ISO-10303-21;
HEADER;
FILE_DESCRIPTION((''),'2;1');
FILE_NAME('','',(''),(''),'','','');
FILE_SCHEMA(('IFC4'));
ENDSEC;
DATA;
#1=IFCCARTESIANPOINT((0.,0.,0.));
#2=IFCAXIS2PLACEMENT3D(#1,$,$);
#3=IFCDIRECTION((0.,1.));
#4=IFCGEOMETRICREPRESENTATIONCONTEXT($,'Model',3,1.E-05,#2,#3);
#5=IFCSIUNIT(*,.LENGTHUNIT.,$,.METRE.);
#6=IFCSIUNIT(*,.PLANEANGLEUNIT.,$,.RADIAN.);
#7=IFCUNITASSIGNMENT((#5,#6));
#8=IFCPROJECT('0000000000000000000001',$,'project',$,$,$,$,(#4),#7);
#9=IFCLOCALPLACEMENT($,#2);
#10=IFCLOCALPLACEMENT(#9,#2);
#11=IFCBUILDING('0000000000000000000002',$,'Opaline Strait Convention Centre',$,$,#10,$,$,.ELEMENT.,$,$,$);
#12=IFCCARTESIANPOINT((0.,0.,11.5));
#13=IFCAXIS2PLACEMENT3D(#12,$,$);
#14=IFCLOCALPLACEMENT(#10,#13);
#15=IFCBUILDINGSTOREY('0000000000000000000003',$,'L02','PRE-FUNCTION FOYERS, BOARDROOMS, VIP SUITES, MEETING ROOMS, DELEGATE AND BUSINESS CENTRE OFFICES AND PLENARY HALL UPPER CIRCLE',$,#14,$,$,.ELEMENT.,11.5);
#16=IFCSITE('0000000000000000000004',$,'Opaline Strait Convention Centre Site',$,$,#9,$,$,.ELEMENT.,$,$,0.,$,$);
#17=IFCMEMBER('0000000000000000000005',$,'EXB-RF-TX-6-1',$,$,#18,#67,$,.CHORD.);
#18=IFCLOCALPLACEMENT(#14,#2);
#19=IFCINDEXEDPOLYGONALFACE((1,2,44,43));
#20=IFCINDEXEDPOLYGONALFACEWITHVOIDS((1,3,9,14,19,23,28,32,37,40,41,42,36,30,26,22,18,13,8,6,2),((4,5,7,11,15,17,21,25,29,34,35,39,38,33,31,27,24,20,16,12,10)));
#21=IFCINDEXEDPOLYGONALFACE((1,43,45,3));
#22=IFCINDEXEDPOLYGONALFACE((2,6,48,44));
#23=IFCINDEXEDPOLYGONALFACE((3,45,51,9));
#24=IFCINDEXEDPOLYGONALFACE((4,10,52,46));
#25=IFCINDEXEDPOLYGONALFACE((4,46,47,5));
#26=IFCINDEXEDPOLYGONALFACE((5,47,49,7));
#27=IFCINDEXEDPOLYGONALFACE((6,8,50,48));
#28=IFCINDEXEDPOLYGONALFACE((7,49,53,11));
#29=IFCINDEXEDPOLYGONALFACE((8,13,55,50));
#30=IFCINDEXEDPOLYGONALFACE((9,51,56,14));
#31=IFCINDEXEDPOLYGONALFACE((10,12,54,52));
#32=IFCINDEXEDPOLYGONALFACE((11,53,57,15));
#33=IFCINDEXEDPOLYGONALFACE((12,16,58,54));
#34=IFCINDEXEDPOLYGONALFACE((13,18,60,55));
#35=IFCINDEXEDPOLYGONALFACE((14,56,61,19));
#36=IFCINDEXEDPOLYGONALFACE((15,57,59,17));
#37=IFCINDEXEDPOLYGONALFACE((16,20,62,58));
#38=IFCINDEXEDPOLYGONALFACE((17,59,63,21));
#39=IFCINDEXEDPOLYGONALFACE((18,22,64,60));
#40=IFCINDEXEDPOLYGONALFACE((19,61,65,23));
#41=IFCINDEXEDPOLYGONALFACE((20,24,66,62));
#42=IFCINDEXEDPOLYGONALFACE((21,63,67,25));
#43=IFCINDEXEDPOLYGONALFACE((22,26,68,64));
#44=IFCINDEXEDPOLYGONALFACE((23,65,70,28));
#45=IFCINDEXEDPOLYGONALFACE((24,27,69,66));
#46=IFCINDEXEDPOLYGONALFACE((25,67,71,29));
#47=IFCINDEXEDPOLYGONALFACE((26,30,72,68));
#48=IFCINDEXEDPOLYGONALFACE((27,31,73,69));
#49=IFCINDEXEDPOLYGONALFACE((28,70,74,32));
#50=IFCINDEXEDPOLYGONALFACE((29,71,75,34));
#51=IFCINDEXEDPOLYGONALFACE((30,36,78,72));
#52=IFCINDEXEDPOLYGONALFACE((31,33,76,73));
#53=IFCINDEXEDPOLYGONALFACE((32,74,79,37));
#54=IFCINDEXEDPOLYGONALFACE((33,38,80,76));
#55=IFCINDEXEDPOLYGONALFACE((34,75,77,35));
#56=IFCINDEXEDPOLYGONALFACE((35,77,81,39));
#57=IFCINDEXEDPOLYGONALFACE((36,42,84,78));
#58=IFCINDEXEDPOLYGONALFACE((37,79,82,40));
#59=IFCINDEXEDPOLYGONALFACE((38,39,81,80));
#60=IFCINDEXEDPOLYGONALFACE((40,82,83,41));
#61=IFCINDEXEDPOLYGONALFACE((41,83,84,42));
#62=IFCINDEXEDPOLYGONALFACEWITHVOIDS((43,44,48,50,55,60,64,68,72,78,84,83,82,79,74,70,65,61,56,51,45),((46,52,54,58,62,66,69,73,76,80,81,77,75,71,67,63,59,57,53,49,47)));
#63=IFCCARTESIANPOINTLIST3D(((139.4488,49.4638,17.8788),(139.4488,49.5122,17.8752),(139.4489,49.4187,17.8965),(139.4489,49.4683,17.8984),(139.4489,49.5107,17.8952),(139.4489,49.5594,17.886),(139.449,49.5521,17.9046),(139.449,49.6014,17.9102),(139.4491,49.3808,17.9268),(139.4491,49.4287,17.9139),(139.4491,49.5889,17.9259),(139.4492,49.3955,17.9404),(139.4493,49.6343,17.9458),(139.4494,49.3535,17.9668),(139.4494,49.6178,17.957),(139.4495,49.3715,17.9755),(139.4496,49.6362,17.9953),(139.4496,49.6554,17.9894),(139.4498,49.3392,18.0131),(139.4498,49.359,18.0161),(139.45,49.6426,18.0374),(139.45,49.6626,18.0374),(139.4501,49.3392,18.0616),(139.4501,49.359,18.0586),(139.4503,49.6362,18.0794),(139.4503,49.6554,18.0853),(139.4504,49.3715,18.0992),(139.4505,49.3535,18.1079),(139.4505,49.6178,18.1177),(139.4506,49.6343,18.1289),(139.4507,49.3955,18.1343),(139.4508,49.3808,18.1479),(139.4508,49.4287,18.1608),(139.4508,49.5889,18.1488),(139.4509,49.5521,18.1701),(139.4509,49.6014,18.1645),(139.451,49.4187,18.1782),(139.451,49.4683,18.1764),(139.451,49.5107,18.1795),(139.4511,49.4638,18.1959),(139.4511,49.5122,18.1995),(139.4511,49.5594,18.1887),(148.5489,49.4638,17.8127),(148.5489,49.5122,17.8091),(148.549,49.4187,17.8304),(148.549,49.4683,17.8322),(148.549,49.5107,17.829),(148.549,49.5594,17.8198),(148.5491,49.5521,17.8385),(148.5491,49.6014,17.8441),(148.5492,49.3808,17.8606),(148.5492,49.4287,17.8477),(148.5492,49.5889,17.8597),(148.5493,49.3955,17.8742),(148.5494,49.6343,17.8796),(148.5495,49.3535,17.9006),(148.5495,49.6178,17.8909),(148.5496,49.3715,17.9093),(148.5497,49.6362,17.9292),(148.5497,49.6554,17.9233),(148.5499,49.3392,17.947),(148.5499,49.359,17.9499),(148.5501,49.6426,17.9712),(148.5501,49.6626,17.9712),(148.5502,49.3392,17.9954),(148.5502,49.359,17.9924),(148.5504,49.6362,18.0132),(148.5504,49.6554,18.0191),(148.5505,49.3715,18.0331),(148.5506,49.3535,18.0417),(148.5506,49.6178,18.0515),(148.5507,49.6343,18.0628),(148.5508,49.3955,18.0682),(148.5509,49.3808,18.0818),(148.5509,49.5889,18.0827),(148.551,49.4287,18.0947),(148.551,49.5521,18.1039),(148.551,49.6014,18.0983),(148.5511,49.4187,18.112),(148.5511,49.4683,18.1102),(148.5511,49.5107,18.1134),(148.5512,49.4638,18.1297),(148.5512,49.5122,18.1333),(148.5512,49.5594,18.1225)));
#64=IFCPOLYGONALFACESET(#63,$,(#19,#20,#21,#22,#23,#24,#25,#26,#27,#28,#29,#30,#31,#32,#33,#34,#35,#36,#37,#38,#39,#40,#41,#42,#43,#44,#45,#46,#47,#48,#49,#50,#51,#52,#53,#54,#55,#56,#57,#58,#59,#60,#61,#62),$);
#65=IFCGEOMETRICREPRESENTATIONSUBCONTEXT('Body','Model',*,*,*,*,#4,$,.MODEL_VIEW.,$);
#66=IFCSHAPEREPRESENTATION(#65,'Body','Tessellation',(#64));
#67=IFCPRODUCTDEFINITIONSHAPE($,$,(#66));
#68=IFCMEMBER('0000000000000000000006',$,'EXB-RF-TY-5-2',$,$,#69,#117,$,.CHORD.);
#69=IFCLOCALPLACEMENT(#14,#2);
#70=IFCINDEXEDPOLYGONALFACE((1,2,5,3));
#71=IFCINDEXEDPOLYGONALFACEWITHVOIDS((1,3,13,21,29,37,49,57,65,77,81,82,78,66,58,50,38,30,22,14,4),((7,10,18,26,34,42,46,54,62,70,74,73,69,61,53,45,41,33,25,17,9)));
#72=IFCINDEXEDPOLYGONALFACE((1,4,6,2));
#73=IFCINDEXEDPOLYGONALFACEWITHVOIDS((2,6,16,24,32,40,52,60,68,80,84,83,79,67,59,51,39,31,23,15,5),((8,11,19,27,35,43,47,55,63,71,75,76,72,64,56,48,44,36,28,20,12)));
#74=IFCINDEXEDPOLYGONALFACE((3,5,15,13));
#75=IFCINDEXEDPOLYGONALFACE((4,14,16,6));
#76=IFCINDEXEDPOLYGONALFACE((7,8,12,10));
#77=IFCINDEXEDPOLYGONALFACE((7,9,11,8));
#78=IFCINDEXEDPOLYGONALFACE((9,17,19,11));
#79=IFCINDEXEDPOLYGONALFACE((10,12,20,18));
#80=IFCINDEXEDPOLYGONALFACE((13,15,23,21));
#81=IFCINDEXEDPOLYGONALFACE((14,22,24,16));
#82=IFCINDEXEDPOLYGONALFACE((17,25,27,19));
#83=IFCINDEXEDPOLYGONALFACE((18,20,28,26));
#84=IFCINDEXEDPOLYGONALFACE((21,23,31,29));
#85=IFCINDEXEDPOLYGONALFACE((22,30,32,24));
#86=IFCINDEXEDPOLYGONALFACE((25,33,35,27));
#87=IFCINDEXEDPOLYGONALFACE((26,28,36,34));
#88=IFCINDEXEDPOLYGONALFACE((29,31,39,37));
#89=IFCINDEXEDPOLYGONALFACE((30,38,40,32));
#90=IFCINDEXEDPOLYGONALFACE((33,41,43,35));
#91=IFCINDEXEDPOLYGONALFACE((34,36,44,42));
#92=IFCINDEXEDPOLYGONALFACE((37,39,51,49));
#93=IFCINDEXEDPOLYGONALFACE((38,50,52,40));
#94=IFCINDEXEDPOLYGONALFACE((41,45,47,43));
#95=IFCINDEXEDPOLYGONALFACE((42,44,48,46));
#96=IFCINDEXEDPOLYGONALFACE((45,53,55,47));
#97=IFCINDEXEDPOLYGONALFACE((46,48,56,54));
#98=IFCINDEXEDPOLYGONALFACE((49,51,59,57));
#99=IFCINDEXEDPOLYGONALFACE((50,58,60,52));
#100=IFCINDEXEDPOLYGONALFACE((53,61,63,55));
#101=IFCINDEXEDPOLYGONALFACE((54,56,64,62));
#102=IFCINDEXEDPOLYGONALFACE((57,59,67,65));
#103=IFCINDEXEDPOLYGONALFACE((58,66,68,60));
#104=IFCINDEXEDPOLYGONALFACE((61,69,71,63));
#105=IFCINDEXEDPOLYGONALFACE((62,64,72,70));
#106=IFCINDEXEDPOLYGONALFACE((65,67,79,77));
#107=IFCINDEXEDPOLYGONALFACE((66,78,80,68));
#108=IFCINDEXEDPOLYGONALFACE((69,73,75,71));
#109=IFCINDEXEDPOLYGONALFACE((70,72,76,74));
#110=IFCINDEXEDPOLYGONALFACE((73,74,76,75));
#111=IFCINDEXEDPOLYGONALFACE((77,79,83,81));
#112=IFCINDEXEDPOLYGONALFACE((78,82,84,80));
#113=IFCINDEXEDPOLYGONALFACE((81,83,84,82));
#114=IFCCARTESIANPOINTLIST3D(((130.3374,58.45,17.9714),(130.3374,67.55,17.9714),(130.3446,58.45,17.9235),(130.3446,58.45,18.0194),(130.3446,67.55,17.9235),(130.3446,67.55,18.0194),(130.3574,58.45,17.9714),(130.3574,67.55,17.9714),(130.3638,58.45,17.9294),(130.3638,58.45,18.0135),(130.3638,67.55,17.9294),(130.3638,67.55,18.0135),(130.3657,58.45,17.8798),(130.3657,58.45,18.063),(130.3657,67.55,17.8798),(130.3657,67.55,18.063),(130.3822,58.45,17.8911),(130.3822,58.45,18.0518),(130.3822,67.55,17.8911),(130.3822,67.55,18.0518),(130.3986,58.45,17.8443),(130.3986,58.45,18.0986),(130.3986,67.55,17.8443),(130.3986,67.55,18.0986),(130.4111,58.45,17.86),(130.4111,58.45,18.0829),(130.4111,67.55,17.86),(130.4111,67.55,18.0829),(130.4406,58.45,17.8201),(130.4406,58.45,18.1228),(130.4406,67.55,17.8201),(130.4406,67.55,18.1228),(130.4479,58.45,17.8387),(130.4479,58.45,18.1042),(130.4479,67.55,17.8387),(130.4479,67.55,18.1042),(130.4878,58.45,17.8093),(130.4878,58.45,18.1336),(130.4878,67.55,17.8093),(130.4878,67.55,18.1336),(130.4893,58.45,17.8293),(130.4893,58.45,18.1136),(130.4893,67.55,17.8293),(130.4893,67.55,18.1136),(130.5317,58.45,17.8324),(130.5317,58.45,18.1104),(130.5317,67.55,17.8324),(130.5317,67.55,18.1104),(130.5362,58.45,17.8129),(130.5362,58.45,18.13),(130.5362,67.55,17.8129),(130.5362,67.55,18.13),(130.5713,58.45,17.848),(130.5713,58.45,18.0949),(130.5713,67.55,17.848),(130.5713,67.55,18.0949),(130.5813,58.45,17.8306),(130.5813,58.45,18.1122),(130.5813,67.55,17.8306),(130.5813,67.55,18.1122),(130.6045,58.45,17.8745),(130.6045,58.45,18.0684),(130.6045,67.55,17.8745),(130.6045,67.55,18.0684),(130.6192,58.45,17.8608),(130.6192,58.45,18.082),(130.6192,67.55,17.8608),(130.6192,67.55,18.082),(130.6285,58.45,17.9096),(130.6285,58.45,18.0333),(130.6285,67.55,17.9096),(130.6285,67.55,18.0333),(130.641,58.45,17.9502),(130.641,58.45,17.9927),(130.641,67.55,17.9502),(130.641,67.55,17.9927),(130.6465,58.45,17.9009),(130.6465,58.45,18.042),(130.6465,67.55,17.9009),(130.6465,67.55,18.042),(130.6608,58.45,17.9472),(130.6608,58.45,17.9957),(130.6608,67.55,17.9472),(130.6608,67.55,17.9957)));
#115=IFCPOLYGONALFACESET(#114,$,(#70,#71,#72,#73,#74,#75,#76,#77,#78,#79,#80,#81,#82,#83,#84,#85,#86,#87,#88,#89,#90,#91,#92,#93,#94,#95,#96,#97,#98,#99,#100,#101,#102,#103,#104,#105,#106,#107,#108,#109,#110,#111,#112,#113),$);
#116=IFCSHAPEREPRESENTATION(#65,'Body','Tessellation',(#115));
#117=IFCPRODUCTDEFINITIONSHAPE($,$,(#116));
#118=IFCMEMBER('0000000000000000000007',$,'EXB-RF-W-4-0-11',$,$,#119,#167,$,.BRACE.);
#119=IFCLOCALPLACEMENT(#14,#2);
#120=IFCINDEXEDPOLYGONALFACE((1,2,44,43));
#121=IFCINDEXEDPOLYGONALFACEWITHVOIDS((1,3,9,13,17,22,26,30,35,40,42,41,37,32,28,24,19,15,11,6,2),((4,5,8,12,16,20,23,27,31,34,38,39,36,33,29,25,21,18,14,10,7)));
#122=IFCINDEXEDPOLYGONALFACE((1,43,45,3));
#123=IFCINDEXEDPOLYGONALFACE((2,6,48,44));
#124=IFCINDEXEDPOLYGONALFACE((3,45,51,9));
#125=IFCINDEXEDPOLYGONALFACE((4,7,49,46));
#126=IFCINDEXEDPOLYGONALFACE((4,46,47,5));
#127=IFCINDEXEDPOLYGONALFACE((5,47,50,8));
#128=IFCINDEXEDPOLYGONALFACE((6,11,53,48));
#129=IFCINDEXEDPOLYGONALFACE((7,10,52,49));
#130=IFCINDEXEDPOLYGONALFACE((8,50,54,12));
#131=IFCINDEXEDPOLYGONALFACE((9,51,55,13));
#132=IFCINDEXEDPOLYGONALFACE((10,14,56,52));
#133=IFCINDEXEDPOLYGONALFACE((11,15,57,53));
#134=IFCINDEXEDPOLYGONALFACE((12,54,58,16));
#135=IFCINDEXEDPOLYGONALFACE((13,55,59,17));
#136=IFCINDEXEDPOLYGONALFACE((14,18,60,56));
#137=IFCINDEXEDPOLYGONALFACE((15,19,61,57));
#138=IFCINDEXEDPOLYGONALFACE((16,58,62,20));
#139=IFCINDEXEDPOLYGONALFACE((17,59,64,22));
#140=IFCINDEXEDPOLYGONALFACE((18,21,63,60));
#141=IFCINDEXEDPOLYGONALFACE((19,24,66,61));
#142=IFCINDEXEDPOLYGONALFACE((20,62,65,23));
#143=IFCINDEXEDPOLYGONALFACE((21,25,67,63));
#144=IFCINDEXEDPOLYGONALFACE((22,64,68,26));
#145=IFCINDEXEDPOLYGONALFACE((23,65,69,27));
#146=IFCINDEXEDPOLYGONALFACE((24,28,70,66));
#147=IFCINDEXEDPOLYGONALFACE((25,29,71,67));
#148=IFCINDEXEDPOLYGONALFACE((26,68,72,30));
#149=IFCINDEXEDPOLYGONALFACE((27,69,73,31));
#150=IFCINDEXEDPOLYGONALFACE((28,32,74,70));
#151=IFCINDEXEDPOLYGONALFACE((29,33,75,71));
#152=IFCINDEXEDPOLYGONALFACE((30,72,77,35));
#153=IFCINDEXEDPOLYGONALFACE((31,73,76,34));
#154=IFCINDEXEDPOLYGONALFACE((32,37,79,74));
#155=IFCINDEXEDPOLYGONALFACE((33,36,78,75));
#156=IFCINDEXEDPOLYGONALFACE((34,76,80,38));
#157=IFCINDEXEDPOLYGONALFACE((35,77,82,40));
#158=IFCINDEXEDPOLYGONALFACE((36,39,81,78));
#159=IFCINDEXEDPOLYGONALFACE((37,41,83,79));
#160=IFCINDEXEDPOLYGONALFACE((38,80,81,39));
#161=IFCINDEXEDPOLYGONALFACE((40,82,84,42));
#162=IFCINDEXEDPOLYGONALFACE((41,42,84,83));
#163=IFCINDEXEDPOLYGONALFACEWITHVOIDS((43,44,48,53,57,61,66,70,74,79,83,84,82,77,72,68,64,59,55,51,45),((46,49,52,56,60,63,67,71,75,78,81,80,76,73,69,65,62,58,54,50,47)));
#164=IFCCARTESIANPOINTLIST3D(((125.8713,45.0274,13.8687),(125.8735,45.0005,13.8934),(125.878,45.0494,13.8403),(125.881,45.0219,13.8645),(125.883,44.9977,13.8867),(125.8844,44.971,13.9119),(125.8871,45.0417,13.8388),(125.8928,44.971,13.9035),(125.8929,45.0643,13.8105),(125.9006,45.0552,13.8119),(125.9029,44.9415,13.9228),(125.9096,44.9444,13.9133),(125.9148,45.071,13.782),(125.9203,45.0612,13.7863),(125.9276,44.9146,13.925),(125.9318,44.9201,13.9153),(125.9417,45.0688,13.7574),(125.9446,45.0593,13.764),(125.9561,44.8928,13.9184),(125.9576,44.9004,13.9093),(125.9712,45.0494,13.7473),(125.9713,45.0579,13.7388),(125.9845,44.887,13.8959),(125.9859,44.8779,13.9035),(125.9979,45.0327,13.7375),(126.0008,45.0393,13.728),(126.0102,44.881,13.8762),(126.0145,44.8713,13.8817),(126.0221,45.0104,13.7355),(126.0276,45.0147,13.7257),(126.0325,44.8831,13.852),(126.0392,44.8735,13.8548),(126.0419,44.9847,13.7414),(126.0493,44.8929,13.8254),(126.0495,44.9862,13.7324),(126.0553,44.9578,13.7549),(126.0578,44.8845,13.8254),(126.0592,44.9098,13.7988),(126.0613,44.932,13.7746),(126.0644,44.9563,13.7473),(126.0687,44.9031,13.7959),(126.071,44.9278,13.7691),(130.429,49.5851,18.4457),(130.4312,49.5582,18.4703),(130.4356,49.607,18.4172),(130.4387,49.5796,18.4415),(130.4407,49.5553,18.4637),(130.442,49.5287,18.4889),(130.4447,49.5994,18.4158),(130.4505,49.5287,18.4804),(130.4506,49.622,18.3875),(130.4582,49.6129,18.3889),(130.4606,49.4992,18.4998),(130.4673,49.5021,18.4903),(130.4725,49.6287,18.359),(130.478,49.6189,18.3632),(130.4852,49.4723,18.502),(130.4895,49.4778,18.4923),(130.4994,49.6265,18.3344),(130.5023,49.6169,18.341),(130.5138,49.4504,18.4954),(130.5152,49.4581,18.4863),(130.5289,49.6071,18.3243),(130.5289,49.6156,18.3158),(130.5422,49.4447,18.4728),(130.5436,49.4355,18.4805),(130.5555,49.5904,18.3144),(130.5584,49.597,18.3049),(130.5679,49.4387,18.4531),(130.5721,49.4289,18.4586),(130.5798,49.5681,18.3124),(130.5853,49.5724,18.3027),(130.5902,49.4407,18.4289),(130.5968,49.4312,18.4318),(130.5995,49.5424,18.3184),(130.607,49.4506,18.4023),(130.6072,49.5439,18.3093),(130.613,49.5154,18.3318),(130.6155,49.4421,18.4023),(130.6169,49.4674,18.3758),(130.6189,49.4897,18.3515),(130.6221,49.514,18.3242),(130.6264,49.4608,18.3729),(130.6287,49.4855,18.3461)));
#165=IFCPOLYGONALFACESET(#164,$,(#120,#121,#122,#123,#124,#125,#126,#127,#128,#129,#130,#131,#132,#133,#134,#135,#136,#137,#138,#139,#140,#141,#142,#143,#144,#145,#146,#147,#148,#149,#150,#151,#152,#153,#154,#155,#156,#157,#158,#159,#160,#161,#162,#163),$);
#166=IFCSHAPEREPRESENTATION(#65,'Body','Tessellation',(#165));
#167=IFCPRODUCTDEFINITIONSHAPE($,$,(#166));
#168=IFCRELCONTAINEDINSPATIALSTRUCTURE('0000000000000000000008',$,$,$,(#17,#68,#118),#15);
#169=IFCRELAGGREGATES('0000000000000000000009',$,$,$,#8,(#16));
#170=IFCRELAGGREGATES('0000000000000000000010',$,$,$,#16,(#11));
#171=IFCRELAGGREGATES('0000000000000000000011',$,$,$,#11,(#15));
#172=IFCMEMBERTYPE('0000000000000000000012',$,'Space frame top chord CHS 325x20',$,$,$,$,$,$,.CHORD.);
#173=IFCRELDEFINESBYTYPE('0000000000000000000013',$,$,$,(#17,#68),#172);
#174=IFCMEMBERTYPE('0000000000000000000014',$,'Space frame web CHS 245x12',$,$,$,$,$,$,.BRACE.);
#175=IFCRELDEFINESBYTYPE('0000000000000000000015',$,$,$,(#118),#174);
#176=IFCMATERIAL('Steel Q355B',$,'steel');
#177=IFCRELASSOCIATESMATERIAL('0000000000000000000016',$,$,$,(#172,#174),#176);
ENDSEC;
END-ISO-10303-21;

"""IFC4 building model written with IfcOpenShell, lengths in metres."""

from ifc_helpers import new_model, si_unit, direction, frame, origin, origin_2d, place, context, subcontext, project, spatial, hollow_circle, extrude, material, material_profile, profile_set, type_object, element, save


model = new_model("IFC4")

# Units and contexts
model_context = context("Model", 3, precision=1e-05, world=origin(), true_north=direction((0.0, 1.0)))
body_context = subcontext(model_context, "Body", "Model", "MODEL_VIEW")
ifc_project = project(units=[si_unit("LENGTHUNIT", "METRE"), si_unit("PLANEANGLEUNIT", "RADIAN")], contexts=[model_context])

# Site, building, storey
site_placement = place(None, origin())
site = spatial("IfcSite", under=ifc_project, at=site_placement, Name="Opaline Strait Convention Centre Site", CompositionType="ELEMENT", RefElevation=0.0)
building_placement = place(site_placement, origin())
building = spatial("IfcBuilding", under=site, at=building_placement, Name="Opaline Strait Convention Centre", CompositionType="ELEMENT")
storey_placement = place(building_placement, frame((0.0, 0.0, 11.5)))
storey = spatial("IfcBuildingStorey", under=building, at=storey_placement, Name="L02", Description="PRE-FUNCTION FOYERS, BOARDROOMS, VIP SUITES, MEETING ROOMS, DELEGATE AND BUSINESS CENTRE OFFICES AND PLENARY HALL UPPER CIRCLE", CompositionType="ELEMENT", Elevation=11.5)

# Members
ifc_material_1 = material(Name="Steel Q355B", Category="steel")
ifc_material_profile_1 = material_profile(ifc_material_1, hollow_circle(Radius=0.1626, WallThickness=0.02, at=origin_2d()), Name="CHS 325x20")
ifc_profile_set_1 = profile_set([ifc_material_profile_1], Name="Steel Q355B")
member_type_1 = type_object("IfcMemberType", Name="Space frame top chord CHS 325x20", PredefinedType="CHORD", material=ifc_profile_set_1)
member_1_placement = place(storey_placement, frame((139.45, 49.5, 18.0374), z_axis=(0.999974, 0.0, -0.00727), x_axis=(0.0, 1.0, 0.0)))
element("IfcMember", 1, at=member_1_placement, inside=storey, type_object=member_type_1, Name="EXB-RF-TX-6-1", PredefinedType="CHORD", context=body_context, shape_type="SweptSolid", body=[
    extrude(hollow_circle(Radius=0.1626, WallThickness=0.02, at=origin_2d()), origin(), (0.0, 0.0, 1.0), 9.1003),
])
member_2_placement = place(storey_placement, frame((130.5, 58.45, 17.9714), z_axis=(0.0, 1.0, 0.0), x_axis=(-1.0, 0.0, 0.0)))
element("IfcMember", 2, at=member_2_placement, inside=storey, type_object=member_type_1, Name="EXB-RF-TY-5-2", PredefinedType="CHORD", context=body_context, shape_type="SweptSolid", body=[
    extrude(hollow_circle(Radius=0.1626, WallThickness=0.02, at=origin_2d()), origin(), (0.0, 0.0, 1.0), 9.1001),
])
ifc_material_profile_2 = material_profile(ifc_material_1, hollow_circle(Radius=0.1226, WallThickness=0.012, at=origin_2d()), Name="CHS 245x12")
ifc_profile_set_2 = profile_set([ifc_material_profile_2], Name="Steel Q355B")
member_type_2 = type_object("IfcMemberType", Name="Space frame web CHS 245x12", PredefinedType="BRACE", material=ifc_profile_set_2)
member_3_placement = place(storey_placement, frame((130.5288, 49.5288, 18.4023), z_axis=(-0.576536, -0.576536, -0.578976), x_axis=(0.707107, -0.707107, 0.0)))
element("IfcMember", 3, at=member_3_placement, inside=storey, type_object=member_type_2, Name="EXB-RF-W-4-0-11", PredefinedType="BRACE", context=body_context, shape_type="SweptSolid", body=[
    extrude(hollow_circle(Radius=0.1226, WallThickness=0.012, at=origin_2d()), origin(), (0.0, 0.0, 1.0), 7.9053),
])

save(model, "model.ifc")
